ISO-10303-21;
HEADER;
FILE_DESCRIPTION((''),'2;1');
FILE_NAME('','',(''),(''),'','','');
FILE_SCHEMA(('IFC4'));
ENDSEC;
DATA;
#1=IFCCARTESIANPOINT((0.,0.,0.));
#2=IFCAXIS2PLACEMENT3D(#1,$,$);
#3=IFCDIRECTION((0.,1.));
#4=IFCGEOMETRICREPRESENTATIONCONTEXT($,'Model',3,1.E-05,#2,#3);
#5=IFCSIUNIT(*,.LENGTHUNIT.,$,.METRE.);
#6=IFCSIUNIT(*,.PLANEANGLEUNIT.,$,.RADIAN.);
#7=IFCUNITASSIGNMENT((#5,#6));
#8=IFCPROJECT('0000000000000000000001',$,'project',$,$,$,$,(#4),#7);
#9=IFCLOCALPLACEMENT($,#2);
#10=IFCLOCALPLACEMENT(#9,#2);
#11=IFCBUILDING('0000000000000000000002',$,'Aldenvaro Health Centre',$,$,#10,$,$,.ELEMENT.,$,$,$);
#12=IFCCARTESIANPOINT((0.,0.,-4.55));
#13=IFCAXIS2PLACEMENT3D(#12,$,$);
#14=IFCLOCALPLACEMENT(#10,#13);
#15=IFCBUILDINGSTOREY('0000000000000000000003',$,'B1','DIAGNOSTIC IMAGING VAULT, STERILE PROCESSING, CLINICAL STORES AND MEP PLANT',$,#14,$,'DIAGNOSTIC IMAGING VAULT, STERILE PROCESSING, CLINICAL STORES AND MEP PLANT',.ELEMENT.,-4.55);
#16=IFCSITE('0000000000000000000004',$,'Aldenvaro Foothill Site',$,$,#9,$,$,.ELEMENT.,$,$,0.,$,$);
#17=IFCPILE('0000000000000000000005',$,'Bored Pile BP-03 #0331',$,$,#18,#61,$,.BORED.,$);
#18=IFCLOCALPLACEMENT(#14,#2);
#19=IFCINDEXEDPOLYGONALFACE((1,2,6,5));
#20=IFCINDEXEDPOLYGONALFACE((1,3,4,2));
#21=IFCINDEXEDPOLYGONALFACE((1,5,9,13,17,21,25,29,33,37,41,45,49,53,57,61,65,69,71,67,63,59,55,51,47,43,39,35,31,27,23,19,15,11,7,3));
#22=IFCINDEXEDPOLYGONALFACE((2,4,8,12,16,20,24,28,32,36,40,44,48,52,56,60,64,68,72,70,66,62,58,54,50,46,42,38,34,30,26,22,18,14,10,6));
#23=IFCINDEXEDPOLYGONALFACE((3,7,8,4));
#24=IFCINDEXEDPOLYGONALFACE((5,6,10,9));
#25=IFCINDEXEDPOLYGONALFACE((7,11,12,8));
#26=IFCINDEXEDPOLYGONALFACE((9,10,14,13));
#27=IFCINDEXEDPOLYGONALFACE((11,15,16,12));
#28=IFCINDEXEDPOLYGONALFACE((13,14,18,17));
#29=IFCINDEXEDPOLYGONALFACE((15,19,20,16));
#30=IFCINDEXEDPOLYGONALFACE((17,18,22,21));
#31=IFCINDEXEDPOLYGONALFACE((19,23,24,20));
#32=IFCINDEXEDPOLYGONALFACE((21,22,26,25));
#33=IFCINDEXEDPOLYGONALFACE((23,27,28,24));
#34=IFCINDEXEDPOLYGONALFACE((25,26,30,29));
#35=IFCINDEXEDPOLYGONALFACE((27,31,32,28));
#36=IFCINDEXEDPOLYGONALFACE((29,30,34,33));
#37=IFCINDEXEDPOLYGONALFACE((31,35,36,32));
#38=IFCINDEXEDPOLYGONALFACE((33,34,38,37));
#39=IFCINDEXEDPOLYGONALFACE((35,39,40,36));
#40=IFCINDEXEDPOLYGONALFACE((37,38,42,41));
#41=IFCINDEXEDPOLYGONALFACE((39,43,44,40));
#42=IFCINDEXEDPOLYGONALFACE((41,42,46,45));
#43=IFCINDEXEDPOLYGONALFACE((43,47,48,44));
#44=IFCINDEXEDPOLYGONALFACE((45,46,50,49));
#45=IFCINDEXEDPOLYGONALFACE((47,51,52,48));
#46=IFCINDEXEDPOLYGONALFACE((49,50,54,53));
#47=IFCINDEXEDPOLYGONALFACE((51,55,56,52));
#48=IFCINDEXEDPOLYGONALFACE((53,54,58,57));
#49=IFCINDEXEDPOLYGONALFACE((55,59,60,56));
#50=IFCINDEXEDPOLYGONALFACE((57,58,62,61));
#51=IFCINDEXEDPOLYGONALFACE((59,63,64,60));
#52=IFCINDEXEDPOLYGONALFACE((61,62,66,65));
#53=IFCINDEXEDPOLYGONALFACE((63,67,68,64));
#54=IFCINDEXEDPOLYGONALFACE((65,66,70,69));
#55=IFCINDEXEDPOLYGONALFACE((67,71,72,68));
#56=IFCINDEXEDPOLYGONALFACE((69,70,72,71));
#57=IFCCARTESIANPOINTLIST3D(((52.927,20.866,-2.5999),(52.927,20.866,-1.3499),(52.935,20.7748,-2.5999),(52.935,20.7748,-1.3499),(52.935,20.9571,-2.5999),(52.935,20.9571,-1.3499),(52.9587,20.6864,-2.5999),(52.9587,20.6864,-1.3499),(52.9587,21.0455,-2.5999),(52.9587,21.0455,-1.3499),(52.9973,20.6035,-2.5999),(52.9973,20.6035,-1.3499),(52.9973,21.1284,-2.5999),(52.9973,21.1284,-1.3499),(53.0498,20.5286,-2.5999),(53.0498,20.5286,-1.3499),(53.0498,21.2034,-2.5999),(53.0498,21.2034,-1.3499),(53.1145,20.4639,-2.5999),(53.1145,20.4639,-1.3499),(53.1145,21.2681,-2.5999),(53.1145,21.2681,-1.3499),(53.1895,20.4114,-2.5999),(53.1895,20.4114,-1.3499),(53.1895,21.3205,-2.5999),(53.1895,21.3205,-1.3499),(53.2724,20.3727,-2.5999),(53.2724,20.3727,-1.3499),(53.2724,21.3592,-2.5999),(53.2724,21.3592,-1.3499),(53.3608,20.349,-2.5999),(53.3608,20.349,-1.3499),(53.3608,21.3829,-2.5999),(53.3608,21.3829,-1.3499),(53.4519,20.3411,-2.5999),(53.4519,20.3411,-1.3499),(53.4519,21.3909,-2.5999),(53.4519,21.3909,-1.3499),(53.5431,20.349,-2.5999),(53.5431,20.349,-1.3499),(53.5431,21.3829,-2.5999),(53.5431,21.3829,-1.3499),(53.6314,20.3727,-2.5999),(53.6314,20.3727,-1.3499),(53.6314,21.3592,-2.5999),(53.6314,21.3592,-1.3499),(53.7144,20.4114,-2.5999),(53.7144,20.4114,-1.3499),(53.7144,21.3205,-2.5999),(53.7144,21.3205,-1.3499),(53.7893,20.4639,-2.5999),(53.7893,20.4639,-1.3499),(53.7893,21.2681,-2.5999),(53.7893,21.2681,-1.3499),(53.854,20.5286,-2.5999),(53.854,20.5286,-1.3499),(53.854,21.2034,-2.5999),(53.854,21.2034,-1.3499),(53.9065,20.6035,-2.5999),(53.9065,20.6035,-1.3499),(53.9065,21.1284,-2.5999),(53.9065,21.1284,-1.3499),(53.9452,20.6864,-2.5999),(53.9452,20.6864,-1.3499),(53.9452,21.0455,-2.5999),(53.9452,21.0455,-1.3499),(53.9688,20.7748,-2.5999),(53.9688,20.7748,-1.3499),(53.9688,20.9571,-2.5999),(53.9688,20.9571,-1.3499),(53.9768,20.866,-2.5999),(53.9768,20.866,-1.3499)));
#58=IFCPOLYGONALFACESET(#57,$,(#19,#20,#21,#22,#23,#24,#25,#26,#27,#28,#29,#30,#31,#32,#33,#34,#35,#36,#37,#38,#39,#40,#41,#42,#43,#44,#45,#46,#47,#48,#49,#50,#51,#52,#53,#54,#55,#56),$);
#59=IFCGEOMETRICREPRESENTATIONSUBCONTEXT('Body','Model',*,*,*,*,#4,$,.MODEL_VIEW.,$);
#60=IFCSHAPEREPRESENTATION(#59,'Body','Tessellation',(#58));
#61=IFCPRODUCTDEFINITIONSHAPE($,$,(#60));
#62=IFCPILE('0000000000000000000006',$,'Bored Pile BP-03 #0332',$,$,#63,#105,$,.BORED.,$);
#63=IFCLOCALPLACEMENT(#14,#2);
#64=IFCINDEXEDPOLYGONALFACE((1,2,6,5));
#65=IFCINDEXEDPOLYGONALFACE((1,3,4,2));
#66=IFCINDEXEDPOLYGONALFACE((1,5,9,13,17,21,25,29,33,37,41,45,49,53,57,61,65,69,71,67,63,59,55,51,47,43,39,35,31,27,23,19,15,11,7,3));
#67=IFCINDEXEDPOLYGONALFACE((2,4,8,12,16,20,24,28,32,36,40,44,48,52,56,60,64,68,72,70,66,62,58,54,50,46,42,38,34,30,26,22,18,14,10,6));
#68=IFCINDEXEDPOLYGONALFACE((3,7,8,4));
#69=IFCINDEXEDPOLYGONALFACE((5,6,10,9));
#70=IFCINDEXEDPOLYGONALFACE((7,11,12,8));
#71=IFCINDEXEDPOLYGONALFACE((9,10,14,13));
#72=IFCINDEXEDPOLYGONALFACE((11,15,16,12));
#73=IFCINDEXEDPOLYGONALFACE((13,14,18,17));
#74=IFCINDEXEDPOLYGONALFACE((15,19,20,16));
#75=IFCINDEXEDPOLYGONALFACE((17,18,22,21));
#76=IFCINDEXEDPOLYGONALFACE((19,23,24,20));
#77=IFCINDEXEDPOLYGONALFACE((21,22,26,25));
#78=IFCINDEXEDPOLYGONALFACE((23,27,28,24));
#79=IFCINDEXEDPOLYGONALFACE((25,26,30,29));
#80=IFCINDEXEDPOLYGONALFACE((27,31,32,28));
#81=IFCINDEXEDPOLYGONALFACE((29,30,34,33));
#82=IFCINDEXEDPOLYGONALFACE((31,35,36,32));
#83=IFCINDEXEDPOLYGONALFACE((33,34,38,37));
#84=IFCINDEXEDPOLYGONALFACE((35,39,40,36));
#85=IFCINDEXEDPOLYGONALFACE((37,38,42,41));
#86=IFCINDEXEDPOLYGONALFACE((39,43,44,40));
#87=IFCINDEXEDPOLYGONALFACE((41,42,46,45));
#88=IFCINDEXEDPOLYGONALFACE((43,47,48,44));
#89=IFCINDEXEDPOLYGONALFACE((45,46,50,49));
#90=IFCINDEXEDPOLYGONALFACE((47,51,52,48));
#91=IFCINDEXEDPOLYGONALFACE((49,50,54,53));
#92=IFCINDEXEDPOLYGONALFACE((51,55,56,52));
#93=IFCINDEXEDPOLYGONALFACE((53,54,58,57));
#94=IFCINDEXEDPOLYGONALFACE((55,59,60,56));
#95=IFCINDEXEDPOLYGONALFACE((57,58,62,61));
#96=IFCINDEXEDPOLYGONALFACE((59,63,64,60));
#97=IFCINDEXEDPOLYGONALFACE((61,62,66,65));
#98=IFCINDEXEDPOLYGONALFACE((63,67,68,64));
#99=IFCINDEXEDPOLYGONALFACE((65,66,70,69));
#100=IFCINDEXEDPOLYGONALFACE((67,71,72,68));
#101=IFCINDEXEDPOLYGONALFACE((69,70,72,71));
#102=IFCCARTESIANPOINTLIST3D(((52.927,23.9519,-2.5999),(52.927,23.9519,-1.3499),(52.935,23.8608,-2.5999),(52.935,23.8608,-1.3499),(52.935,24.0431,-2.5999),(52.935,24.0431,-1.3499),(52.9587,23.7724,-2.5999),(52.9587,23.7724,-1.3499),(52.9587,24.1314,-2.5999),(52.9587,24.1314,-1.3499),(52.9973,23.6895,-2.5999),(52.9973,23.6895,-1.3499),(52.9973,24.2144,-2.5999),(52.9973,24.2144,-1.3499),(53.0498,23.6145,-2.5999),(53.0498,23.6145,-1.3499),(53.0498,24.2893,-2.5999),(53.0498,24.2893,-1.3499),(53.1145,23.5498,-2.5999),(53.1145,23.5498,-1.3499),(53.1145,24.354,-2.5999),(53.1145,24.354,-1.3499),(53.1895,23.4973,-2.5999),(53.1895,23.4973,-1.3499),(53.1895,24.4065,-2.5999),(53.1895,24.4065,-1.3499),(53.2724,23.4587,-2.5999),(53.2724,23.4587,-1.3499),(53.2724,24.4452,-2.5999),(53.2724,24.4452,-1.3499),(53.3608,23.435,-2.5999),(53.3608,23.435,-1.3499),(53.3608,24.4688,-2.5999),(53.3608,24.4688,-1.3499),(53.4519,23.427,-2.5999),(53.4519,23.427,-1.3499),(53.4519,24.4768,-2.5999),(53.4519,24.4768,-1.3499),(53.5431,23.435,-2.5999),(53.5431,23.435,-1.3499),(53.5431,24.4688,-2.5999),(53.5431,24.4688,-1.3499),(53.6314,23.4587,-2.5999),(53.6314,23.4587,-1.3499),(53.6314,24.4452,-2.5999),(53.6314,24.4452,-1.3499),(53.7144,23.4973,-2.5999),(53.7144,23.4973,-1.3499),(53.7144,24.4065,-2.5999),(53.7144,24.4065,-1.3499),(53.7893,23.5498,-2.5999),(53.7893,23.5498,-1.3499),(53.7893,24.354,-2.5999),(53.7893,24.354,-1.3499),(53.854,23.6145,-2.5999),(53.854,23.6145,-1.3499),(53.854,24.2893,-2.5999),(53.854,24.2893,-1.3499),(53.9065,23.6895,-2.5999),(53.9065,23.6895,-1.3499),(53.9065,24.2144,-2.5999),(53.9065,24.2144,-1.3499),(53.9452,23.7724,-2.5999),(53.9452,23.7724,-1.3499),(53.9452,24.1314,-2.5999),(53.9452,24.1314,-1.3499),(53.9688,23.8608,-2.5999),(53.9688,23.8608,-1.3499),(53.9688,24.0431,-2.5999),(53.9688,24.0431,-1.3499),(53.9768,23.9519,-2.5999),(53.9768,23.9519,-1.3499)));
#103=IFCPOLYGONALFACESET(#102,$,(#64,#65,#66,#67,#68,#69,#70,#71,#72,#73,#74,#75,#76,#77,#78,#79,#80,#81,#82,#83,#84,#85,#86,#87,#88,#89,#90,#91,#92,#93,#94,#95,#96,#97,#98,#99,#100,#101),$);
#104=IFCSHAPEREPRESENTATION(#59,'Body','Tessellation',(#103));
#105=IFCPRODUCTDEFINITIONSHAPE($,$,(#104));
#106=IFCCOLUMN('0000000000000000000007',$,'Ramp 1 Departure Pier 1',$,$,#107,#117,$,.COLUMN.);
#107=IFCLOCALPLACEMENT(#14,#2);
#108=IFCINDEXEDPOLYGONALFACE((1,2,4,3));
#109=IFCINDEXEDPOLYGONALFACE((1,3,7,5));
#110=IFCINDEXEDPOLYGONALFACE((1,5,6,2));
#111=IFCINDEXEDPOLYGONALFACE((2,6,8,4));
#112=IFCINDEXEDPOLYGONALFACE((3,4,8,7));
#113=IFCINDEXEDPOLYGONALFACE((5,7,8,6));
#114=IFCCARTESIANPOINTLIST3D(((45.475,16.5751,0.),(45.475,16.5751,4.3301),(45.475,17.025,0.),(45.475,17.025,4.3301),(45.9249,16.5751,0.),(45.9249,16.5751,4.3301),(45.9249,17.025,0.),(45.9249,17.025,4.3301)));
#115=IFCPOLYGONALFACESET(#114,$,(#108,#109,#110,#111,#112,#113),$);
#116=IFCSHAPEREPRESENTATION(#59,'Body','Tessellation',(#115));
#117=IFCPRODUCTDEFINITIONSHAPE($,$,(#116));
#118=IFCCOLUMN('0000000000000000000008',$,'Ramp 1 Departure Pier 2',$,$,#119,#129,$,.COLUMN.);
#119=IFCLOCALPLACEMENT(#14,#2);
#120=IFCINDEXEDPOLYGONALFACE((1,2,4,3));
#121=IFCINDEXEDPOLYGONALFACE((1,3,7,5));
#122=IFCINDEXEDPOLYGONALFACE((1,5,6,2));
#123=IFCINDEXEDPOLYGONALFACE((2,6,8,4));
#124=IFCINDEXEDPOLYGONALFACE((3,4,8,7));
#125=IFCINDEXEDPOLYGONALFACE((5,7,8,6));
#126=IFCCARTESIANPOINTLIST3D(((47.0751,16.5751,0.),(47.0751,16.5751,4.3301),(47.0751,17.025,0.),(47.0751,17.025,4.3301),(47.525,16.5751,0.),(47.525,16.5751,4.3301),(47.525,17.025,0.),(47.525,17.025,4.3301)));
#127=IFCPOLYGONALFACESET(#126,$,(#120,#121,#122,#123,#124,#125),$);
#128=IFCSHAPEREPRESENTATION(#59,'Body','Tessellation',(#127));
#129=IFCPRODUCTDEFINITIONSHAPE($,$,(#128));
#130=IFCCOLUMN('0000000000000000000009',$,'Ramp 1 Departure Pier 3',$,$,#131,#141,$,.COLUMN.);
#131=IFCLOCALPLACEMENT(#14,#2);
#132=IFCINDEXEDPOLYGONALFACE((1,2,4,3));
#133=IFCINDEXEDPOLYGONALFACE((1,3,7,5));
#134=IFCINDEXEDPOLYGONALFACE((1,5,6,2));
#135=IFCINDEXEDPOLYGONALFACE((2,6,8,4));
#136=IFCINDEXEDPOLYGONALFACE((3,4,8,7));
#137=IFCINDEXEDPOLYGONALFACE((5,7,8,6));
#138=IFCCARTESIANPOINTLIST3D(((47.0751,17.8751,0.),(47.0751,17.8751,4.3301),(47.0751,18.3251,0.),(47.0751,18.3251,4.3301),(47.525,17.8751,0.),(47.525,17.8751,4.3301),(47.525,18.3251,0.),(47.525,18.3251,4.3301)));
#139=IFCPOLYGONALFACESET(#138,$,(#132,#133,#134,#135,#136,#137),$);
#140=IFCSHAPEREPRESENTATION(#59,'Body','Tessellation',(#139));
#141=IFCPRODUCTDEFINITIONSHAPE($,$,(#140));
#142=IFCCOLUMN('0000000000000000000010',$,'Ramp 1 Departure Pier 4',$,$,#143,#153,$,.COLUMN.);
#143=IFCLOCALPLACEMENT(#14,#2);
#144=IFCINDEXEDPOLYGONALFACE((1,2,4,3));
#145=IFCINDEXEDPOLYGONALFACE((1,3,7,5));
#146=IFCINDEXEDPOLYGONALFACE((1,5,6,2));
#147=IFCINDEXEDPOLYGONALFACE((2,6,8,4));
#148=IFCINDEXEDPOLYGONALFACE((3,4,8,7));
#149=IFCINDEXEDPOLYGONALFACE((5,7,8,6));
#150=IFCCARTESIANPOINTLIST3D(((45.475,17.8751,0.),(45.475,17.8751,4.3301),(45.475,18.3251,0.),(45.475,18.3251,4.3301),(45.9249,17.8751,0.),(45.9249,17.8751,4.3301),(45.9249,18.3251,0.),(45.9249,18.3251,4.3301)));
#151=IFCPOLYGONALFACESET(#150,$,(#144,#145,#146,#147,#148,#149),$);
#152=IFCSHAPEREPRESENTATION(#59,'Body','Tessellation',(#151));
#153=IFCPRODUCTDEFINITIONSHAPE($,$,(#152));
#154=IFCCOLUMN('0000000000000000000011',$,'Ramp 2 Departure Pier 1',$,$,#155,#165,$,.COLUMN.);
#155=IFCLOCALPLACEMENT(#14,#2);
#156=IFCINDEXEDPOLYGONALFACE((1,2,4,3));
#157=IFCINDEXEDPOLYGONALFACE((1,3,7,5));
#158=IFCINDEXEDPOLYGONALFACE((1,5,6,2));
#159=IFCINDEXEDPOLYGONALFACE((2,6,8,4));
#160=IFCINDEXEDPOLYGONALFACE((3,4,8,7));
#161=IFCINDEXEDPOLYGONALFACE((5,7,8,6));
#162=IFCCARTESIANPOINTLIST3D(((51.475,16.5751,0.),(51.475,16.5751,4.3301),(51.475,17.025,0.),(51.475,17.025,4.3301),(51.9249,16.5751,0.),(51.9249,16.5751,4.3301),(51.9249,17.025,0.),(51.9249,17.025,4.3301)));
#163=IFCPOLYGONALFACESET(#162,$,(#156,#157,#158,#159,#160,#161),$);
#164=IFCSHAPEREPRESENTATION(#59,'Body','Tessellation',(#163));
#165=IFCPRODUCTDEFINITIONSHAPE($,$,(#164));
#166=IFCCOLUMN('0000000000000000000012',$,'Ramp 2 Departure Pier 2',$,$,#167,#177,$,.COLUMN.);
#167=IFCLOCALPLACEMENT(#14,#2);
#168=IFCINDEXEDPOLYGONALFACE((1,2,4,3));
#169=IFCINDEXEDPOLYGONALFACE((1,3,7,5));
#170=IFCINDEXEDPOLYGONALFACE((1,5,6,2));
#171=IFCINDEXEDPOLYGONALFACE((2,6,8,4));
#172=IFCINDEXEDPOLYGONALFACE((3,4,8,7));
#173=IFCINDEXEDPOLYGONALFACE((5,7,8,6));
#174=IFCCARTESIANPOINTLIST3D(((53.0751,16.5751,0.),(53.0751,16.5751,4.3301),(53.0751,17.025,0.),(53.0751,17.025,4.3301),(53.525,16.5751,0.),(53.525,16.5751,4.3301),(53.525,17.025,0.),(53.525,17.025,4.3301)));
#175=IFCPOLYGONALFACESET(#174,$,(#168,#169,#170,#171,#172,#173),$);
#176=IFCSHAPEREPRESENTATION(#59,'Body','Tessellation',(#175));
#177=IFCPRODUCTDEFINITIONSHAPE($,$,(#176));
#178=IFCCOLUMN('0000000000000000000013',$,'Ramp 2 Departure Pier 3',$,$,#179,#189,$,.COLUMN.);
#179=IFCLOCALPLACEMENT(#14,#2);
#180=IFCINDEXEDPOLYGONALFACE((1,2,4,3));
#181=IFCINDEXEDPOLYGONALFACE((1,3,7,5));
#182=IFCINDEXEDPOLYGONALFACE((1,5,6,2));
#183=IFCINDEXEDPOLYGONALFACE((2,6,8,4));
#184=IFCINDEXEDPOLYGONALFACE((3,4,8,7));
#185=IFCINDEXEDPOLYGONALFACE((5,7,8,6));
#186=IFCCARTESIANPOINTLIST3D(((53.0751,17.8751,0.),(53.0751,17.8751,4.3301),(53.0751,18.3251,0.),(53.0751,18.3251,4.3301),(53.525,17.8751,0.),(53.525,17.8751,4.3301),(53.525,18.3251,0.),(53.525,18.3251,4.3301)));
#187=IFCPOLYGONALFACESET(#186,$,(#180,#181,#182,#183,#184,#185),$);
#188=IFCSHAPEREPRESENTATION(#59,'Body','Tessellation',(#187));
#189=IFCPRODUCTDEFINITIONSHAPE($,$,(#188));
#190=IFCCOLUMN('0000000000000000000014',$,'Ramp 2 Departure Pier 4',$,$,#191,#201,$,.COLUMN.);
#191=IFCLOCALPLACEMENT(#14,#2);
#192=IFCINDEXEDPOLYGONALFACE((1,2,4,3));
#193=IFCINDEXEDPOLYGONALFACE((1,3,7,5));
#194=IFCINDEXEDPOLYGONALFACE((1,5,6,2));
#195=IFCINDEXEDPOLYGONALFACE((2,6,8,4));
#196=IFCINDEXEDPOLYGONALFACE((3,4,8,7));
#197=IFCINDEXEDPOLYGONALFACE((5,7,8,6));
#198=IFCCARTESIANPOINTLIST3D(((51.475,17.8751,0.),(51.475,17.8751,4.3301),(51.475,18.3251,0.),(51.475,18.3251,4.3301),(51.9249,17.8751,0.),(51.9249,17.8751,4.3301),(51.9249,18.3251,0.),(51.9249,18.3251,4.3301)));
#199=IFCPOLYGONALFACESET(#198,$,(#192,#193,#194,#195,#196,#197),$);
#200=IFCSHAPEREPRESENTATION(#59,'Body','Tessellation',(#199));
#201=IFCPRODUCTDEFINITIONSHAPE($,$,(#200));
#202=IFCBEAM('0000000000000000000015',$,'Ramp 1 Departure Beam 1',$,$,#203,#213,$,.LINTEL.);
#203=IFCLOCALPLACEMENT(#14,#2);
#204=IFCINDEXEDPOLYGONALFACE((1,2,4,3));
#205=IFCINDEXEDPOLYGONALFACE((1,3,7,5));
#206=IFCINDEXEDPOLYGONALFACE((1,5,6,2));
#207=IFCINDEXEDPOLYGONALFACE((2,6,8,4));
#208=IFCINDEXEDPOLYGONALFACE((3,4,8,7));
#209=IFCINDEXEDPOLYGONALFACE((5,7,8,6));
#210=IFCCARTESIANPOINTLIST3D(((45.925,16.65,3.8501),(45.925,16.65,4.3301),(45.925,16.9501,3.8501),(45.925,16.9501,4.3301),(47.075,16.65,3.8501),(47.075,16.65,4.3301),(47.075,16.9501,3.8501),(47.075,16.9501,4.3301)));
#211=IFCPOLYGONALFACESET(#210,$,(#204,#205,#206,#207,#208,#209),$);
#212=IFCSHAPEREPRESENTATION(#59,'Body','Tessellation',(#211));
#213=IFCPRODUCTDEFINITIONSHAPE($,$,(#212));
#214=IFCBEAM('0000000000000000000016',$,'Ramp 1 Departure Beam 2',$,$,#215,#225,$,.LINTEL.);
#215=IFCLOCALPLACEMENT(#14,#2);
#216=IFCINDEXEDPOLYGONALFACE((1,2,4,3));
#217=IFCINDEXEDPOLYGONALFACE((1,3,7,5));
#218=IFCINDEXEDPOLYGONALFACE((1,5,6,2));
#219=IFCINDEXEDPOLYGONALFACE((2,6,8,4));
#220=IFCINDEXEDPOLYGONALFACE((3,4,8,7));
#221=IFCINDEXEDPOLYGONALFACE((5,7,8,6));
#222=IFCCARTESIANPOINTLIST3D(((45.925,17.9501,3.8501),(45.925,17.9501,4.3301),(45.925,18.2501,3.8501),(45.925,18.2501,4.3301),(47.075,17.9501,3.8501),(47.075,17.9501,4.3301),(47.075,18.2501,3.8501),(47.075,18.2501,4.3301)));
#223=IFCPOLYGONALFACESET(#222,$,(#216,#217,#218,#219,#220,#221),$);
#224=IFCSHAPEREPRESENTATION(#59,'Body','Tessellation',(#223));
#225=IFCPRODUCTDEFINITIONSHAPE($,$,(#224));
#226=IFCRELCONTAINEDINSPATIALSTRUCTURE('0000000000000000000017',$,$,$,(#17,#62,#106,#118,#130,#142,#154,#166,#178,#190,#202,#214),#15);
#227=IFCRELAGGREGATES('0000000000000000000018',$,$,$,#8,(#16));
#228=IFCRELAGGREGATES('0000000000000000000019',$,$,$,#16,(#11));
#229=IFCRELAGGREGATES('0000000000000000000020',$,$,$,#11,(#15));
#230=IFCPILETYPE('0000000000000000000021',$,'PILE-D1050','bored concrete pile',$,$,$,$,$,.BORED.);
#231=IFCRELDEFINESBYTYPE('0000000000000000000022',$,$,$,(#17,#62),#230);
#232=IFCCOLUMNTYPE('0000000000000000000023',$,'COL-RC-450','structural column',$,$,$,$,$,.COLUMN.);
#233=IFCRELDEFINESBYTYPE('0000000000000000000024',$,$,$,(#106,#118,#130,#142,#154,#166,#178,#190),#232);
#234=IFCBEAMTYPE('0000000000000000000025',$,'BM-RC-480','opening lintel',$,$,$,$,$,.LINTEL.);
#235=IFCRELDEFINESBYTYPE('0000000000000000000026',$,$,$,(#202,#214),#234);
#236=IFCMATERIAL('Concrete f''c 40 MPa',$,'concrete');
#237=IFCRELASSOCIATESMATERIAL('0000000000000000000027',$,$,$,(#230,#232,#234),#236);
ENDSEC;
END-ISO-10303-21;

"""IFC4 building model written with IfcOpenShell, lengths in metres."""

from ifc_helpers import new_model, si_unit, direction, frame, origin, origin_2d, place, context, subcontext, project, spatial, rectangle, circle, extrude, material, material_profile, profile_set, type_object, element, save


model = new_model("IFC4")

# Units and contexts
model_context = context("Model", 3, precision=1e-05, world=origin(), true_north=direction((0.0, 1.0)))
body_context = subcontext(model_context, "Body", "Model", "MODEL_VIEW")
ifc_project = project(units=[si_unit("LENGTHUNIT", "METRE"), si_unit("PLANEANGLEUNIT", "RADIAN")], contexts=[model_context])

# Site, building, storey
site_placement = place(None, origin())
site = spatial("IfcSite", under=ifc_project, at=site_placement, Name="Aldenvaro Foothill Site", CompositionType="ELEMENT", RefElevation=0.0)
building_placement = place(site_placement, origin())
building = spatial("IfcBuilding", under=site, at=building_placement, Name="Aldenvaro Health Centre", CompositionType="ELEMENT")
storey_placement = place(building_placement, frame((0.0, 0.0, -4.55)))
storey = spatial("IfcBuildingStorey", under=building, at=storey_placement, Name="B1", Description="DIAGNOSTIC IMAGING VAULT, STERILE PROCESSING, CLINICAL STORES AND MEP PLANT", LongName="DIAGNOSTIC IMAGING VAULT, STERILE PROCESSING, CLINICAL STORES AND MEP PLANT", CompositionType="ELEMENT", Elevation=-4.55)

# Piles
ifc_material = material(Name="Concrete f'c 40 MPa", Category="concrete")
ifc_material_profile_1 = material_profile(ifc_material, circle(Radius=0.5249, at=origin_2d()), Name="PILE D1050", Category="concrete")
ifc_profile_set_1 = profile_set([ifc_material_profile_1], Name="Concrete f'c 40 MPa")
pile_type = type_object("IfcPileType", Name="PILE-D1050", Description="bored concrete pile", PredefinedType="BORED", material=ifc_profile_set_1)
for number, where, z_axis, x_axis, name in (
    (1, (53.4519, 20.866, -1.3499), (0.0, 0.0, -1.0), (1.0, 0.0, 0.0), "Bored Pile BP-03 #0331"),
    (2, (53.4519, 23.9519, -1.3499), (0.0, 0.0, -1.0), (1.0, 0.0, 0.0), "Bored Pile BP-03 #0332"),
):
    element("IfcPile", number, at=place(storey_placement, frame(where, z_axis=z_axis, x_axis=x_axis)), inside=storey, type_object=pile_type, Name=name, PredefinedType="BORED", context=body_context, shape_type="SweptSolid", body=[
        extrude(circle(Radius=0.5249, at=origin_2d()), origin(), (0.0, 0.0, 1.0), 1.25),
    ])

# Columns
ifc_material_profile_2 = material_profile(ifc_material, rectangle(XDim=0.45, YDim=0.45, at=origin_2d()), Name="RC 450x450", Category="concrete")
ifc_profile_set_2 = profile_set([ifc_material_profile_2], Name="Concrete f'c 40 MPa")
column_type = type_object("IfcColumnType", Name="COL-RC-450", Description="structural column", PredefinedType="COLUMN", material=ifc_profile_set_2)
for number, where, z_axis, x_axis, name in (
    (3, (45.7, 16.8, 0.0), (0.0, 0.0, 1.0), (1.0, 0.0, 0.0), "Ramp 1 Departure Pier 1"),
    (4, (47.3, 16.8, 0.0), (0.0, 0.0, 1.0), (1.0, 0.0, 0.0), "Ramp 1 Departure Pier 2"),
    (5, (47.3, 18.1001, 0.0), (0.0, 0.0, 1.0), (1.0, 0.0, 0.0), "Ramp 1 Departure Pier 3"),
    (6, (45.7, 18.1001, 0.0), (0.0, 0.0, 1.0), (1.0, 0.0, 0.0), "Ramp 1 Departure Pier 4"),
    (7, (51.7, 16.8, 0.0), (0.0, 0.0, 1.0), (1.0, 0.0, 0.0), "Ramp 2 Departure Pier 1"),
    (8, (53.3, 16.8, 0.0), (0.0, 0.0, 1.0), (1.0, 0.0, 0.0), "Ramp 2 Departure Pier 2"),
    (9, (53.3, 18.1001, 0.0), (0.0, 0.0, 1.0), (1.0, 0.0, 0.0), "Ramp 2 Departure Pier 3"),
    (10, (51.7, 18.1001, 0.0), (0.0, 0.0, 1.0), (1.0, 0.0, 0.0), "Ramp 2 Departure Pier 4"),
):
    element("IfcColumn", number, at=place(storey_placement, frame(where, z_axis=z_axis, x_axis=x_axis)), inside=storey, type_object=column_type, Name=name, PredefinedType="COLUMN", context=body_context, shape_type="SweptSolid", body=[
        extrude(rectangle(XDim=0.45, YDim=0.45, at=origin_2d()), origin(), (0.0, 0.0, 1.0), 4.3301),
    ])

# Beams
ifc_material_profile_3 = material_profile(ifc_material, rectangle(XDim=0.3, YDim=0.48, at=origin_2d()), Name="RC 300x480", Category="concrete")
ifc_profile_set_3 = profile_set([ifc_material_profile_3], Name="Concrete f'c 40 MPa")
beam_type = type_object("IfcBeamType", Name="BM-RC-480", Description="opening lintel", PredefinedType="LINTEL", material=ifc_profile_set_3)
for number, where, z_axis, x_axis, name in (
    (11, (45.925, 16.8, 4.0901), (1.0, 0.0, 0.0), (0.0, 1.0, 0.0), "Ramp 1 Departure Beam 1"),
    (12, (47.075, 18.1001, 4.0901), (-1.0, 0.0, 0.0), (0.0, -1.0, 0.0), "Ramp 1 Departure Beam 2"),
):
    element("IfcBeam", number, at=place(storey_placement, frame(where, z_axis=z_axis, x_axis=x_axis)), inside=storey, type_object=beam_type, Name=name, PredefinedType="LINTEL", context=body_context, shape_type="SweptSolid", body=[
        extrude(rectangle(XDim=0.3, YDim=0.48, at=origin_2d()), origin(), (0.0, 0.0, 1.0), 1.1499),
    ])

save(model, "model.ifc")
